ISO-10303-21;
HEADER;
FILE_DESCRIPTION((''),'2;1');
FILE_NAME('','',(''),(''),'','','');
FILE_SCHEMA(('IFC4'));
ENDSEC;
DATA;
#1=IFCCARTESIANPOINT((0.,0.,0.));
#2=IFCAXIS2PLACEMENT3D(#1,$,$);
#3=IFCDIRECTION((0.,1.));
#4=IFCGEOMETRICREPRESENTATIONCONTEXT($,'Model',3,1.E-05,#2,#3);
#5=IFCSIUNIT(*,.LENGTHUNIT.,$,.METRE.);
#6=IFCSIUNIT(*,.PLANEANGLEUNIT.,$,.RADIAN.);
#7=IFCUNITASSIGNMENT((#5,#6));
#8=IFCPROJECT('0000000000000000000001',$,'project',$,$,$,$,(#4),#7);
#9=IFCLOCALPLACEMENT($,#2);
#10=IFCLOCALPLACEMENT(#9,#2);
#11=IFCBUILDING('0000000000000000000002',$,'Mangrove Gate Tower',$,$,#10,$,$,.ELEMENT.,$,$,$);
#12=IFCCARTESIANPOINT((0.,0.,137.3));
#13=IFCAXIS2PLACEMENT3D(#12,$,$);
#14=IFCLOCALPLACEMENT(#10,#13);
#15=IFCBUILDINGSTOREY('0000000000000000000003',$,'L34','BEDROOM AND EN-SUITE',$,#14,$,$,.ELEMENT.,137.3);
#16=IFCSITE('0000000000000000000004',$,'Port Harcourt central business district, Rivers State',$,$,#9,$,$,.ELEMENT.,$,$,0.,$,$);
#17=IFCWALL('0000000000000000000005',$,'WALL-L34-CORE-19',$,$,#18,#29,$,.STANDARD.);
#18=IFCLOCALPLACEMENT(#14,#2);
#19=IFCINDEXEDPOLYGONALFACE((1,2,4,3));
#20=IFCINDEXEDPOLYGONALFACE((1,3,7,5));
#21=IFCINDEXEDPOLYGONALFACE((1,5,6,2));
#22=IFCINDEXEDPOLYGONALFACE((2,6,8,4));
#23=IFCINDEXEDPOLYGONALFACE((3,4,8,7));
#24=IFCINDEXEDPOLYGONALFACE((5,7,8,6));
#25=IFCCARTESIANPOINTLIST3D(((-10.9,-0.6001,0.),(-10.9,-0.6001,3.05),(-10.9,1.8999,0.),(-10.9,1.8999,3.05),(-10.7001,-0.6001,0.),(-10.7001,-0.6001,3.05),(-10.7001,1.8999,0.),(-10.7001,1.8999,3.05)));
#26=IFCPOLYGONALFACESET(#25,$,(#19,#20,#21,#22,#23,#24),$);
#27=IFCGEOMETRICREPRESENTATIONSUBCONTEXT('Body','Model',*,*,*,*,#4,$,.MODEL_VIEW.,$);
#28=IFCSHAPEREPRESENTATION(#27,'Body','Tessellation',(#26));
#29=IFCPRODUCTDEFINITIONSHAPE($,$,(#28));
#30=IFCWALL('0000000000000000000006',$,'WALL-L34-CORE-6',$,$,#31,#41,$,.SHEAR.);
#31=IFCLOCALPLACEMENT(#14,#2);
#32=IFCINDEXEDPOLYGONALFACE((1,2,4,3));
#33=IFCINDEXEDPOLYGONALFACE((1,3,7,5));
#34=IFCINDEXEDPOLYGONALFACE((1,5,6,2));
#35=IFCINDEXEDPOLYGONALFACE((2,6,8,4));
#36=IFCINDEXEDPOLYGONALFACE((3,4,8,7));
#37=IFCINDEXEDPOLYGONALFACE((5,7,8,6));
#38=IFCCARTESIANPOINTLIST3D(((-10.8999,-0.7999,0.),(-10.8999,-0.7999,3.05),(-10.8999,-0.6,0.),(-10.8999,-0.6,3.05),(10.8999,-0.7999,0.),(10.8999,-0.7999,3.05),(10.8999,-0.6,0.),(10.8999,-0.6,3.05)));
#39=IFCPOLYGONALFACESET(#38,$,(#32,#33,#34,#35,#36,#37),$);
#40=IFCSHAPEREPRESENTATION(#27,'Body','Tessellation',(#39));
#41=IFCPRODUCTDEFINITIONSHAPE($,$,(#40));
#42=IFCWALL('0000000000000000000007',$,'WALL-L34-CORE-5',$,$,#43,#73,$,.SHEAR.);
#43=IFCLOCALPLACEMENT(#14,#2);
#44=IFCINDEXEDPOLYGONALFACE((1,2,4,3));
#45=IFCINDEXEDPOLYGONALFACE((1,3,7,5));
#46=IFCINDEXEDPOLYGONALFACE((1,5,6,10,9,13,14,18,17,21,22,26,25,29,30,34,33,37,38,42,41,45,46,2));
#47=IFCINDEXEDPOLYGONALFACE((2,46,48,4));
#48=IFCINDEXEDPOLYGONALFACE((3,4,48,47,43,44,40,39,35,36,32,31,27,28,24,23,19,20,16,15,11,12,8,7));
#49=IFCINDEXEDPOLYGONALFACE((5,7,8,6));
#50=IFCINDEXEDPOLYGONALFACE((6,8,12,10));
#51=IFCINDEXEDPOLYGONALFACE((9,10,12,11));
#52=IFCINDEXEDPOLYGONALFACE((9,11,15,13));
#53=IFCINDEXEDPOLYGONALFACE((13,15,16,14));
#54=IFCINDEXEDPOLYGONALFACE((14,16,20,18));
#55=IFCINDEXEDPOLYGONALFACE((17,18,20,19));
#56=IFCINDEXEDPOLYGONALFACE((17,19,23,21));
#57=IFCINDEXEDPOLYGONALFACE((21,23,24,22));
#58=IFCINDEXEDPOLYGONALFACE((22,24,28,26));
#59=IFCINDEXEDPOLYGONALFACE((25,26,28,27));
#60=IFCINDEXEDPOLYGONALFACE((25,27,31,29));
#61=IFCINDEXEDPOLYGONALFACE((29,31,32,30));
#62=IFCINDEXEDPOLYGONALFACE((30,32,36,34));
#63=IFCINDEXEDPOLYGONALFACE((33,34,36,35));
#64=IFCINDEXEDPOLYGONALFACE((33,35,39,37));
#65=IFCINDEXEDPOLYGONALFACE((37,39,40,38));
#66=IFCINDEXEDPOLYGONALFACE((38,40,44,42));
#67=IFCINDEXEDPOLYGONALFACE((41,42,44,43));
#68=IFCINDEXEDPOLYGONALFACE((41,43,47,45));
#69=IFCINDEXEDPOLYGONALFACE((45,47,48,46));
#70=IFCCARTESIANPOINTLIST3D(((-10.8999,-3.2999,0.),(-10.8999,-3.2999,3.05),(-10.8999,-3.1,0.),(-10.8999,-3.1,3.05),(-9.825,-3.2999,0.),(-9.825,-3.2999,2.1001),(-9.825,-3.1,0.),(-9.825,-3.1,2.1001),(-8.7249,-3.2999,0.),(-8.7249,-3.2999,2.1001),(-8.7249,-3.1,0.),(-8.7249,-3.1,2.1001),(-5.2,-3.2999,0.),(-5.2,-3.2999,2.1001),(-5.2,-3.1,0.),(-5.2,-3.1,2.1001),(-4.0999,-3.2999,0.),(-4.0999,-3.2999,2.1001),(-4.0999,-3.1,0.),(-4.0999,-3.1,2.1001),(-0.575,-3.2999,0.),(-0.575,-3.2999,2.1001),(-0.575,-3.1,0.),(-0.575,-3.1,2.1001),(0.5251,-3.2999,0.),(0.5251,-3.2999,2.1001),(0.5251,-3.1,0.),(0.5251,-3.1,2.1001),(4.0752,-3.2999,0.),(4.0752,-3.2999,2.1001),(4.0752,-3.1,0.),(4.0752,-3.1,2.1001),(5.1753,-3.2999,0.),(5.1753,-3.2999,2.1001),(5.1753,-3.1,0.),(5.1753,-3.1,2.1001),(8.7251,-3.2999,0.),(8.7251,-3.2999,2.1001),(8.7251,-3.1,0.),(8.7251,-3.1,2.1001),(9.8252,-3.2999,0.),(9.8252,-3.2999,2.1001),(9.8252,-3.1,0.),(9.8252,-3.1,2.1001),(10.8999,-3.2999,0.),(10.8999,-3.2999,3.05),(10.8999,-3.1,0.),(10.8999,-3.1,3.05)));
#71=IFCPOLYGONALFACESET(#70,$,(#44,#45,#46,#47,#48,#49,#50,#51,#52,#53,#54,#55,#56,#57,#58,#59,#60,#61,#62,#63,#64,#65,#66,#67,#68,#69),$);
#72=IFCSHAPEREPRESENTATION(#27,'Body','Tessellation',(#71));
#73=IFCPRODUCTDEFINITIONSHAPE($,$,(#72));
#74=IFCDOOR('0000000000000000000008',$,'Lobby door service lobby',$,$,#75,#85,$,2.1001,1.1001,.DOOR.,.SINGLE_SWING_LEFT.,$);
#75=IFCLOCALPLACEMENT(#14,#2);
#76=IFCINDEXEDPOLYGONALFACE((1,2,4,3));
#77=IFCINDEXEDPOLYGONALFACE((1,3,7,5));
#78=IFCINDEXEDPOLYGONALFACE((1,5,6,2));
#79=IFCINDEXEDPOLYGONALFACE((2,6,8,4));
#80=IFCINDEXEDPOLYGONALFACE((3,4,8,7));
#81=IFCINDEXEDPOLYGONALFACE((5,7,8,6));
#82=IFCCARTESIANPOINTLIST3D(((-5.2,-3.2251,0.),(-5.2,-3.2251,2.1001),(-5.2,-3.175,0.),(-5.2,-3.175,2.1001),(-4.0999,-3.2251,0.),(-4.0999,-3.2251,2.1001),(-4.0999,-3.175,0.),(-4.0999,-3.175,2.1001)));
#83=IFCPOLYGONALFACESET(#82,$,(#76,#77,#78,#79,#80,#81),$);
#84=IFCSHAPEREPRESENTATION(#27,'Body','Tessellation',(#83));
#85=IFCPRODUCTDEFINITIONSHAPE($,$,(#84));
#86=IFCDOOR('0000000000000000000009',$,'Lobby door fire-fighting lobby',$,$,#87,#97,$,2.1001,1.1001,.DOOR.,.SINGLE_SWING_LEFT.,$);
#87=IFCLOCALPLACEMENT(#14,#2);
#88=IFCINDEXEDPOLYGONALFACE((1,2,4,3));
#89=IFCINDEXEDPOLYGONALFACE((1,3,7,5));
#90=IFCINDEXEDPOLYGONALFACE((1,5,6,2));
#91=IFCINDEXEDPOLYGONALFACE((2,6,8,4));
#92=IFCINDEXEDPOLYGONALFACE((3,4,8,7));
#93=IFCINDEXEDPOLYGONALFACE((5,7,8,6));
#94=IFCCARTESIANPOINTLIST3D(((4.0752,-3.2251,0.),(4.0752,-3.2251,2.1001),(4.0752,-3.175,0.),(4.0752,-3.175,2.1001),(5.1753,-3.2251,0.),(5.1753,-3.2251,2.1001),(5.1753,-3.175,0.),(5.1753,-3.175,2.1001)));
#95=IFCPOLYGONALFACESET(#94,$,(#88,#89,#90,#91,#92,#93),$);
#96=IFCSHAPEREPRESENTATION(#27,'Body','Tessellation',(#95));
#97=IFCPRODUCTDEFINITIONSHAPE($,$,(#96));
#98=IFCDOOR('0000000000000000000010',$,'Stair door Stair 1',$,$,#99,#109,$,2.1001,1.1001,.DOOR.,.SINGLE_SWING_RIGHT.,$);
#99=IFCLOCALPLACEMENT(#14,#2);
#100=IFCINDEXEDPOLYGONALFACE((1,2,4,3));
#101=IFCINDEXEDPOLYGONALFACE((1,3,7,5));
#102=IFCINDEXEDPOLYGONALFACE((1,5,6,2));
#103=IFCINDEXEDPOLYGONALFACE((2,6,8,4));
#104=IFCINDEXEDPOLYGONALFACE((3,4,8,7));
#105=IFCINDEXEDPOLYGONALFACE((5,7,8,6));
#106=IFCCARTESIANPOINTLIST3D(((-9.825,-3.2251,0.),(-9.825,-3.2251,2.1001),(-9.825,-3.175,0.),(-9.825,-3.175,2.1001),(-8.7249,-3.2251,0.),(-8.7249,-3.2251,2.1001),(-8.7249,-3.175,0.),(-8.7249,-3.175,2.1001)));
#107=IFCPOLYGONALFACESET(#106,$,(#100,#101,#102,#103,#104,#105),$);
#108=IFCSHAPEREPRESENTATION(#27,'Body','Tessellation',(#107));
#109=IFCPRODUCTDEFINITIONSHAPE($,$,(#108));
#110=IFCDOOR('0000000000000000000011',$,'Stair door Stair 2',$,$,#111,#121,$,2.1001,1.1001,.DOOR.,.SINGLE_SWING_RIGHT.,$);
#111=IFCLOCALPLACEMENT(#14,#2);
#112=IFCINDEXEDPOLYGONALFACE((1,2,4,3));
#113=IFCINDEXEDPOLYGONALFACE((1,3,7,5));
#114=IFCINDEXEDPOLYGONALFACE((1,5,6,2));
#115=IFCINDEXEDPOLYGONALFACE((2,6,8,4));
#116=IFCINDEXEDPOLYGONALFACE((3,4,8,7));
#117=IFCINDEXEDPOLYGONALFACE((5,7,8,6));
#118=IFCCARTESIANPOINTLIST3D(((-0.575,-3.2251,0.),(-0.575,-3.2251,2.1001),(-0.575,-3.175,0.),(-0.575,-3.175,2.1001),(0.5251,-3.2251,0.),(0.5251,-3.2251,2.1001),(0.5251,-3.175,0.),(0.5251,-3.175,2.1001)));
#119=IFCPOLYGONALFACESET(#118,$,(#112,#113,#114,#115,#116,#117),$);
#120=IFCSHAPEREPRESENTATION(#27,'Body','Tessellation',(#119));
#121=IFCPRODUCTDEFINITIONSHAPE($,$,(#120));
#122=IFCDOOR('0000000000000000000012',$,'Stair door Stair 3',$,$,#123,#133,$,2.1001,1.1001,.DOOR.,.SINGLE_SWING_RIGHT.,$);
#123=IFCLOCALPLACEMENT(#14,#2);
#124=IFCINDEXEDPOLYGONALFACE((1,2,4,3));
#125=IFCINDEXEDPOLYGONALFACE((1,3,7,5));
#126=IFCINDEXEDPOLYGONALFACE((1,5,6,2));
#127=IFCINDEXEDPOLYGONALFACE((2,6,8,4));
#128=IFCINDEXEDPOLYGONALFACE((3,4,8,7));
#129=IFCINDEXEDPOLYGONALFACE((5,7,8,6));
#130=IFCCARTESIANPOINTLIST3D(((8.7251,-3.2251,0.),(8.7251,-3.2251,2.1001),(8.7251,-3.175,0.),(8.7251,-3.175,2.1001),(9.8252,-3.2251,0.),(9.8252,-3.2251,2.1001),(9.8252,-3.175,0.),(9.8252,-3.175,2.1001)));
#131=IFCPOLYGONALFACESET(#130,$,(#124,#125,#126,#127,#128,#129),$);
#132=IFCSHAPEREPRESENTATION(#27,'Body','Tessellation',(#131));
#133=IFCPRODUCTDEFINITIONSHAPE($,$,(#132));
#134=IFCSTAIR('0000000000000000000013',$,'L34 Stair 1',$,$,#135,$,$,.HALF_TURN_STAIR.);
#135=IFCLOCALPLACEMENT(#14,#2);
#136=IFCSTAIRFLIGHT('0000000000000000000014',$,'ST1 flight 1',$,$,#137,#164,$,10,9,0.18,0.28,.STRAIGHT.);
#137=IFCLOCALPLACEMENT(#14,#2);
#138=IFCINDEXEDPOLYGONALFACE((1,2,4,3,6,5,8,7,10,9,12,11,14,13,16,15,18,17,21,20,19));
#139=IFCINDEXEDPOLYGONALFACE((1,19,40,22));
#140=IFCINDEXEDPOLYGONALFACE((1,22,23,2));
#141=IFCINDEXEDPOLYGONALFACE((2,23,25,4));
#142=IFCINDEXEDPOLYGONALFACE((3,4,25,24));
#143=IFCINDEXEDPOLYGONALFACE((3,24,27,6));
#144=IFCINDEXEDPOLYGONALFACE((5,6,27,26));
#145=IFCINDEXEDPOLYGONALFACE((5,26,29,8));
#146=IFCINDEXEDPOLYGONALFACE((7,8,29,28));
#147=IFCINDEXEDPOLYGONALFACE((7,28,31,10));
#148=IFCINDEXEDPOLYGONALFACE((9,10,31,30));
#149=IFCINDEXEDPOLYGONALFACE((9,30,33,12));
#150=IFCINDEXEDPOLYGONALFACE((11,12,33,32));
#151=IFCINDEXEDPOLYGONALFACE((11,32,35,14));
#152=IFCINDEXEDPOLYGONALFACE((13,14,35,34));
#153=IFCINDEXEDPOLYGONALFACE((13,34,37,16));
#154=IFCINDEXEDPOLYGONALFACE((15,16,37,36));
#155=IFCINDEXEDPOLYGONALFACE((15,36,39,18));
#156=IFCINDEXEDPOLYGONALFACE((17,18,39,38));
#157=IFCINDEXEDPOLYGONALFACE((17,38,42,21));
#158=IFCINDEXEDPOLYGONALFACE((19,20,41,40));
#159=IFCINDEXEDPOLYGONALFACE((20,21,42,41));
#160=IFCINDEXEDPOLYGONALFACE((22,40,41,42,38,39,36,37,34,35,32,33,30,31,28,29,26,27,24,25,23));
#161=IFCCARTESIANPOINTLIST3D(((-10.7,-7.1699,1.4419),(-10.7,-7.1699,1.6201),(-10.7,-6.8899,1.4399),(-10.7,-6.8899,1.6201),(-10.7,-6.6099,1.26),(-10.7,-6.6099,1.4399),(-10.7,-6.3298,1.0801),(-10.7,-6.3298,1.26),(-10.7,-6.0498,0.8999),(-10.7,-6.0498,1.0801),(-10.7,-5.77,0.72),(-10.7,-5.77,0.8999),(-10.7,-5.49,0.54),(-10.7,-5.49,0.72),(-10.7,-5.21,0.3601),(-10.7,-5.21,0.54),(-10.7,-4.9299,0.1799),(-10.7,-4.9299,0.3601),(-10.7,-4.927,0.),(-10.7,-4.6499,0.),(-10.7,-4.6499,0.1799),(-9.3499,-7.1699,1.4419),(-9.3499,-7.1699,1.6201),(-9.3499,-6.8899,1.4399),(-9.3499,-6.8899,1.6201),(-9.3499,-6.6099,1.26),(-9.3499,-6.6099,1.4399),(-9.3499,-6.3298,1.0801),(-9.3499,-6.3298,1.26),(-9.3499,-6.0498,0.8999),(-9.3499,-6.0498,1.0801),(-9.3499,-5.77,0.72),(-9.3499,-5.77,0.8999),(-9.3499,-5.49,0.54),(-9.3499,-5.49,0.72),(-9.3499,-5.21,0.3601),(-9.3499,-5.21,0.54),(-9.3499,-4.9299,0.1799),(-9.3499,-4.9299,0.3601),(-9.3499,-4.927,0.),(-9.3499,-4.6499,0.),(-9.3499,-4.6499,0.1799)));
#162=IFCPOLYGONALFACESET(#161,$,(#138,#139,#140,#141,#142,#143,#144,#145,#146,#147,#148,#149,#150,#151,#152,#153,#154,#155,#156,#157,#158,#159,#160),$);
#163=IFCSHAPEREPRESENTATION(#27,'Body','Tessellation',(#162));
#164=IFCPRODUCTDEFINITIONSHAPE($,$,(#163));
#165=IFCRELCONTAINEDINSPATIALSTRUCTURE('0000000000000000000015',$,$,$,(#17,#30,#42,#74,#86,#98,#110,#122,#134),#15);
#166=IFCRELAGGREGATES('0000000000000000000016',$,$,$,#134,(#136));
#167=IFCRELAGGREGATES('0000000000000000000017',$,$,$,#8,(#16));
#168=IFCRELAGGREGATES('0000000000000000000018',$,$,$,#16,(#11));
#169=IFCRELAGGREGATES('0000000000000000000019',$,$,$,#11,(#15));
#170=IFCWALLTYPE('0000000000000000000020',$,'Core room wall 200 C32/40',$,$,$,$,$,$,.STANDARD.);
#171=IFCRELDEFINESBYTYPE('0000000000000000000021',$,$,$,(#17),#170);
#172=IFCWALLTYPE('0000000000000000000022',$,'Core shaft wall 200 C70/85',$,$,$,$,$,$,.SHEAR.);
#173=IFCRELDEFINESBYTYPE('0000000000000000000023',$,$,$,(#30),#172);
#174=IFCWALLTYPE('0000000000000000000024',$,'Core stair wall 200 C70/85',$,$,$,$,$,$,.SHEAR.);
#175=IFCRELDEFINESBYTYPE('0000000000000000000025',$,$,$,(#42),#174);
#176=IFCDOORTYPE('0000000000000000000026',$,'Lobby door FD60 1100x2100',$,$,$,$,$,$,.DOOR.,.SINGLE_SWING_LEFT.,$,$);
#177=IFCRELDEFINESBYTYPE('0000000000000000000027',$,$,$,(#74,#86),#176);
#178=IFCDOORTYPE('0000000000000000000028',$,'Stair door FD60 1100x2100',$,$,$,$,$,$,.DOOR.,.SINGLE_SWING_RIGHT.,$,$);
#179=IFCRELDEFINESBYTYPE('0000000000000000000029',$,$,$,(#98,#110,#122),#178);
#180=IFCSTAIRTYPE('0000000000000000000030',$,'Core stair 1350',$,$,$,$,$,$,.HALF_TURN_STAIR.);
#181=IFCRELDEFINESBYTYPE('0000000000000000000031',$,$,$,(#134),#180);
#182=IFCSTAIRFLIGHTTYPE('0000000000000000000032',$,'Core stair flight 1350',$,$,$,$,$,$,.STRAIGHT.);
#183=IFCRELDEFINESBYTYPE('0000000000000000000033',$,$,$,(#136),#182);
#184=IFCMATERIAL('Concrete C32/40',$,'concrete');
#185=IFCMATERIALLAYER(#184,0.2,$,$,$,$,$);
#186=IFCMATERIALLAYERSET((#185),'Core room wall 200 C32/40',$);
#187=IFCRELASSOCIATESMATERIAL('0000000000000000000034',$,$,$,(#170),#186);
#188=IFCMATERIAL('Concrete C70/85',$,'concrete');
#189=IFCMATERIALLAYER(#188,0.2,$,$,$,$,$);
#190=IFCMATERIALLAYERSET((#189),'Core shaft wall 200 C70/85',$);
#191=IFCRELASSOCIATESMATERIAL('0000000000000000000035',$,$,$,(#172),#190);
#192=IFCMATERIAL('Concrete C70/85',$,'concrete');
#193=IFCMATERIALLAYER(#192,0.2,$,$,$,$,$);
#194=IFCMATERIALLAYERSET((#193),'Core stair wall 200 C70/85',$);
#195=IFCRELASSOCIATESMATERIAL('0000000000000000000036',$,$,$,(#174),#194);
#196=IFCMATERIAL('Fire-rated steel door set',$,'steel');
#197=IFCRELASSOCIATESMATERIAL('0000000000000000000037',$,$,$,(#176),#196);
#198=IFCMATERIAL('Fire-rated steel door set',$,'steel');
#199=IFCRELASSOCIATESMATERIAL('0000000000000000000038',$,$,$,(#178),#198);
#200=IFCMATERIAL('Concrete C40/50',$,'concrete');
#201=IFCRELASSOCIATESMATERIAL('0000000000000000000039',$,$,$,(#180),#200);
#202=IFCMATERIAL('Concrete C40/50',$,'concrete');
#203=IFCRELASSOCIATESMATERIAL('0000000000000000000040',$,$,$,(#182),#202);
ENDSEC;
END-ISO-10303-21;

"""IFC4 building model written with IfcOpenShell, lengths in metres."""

from ifc_helpers import new_model, si_unit, direction, frame, frame_2d, origin, place, context, subcontext, project, spatial, polyline, rectangle, outline, extrude, material, layer, layer_set, type_object, element, fill, aggregate, save


model = new_model("IFC4")

# Units and contexts
model_context = context("Model", 3, precision=1e-05, world=origin(), true_north=direction((0.0, 1.0)))
body_context = subcontext(model_context, "Body", "Model", "MODEL_VIEW")
ifc_project = project(units=[si_unit("LENGTHUNIT", "METRE"), si_unit("PLANEANGLEUNIT", "RADIAN")], contexts=[model_context])

# Site, building, storey
site_placement = place(None, origin())
site = spatial("IfcSite", under=ifc_project, at=site_placement, Name="Port Harcourt central business district, Rivers State", CompositionType="ELEMENT", RefElevation=0.0)
building_placement = place(site_placement, origin())
building = spatial("IfcBuilding", under=site, at=building_placement, Name="Mangrove Gate Tower", CompositionType="ELEMENT")
storey_placement = place(building_placement, frame((0.0, 0.0, 137.3)))
storey = spatial("IfcBuildingStorey", under=building, at=storey_placement, Name="L34", Description="BEDROOM AND EN-SUITE", CompositionType="ELEMENT", Elevation=137.3)

# Walls
ifc_material_1 = material(Name="Concrete C32/40", Category="concrete")
ifc_layer_1 = layer(ifc_material_1, 0.2)
ifc_layer_set_1 = layer_set([ifc_layer_1], Name="Core room wall 200 C32/40")
wall_type_1 = type_object("IfcWallType", Name="Core room wall 200 C32/40", PredefinedType="STANDARD", material=ifc_layer_set_1)
wall_1_placement = place(storey_placement, frame((-10.8, -0.6001, 0.0), z_axis=(0.0, 0.0, 1.0), x_axis=(0.0, 1.0, 0.0)))
element("IfcWall", 1, at=wall_1_placement, inside=storey, type_object=wall_type_1, Name="WALL-L34-CORE-19", PredefinedType="STANDARD", context=body_context, shape_type="SweptSolid", body=[
    extrude(rectangle(XDim=2.5, YDim=0.2, at=frame_2d((1.25, 0.0))), origin(), (0.0, 0.0, 1.0), 3.05),
])
ifc_material_2 = material(Name="Concrete C70/85", Category="concrete")
ifc_layer_2 = layer(ifc_material_2, 0.2)
ifc_layer_set_2 = layer_set([ifc_layer_2], Name="Core shaft wall 200 C70/85")
wall_type_2 = type_object("IfcWallType", Name="Core shaft wall 200 C70/85", PredefinedType="SHEAR", material=ifc_layer_set_2)
wall_2_placement = place(storey_placement, frame((-10.8999, -0.7, 0.0), z_axis=(0.0, 0.0, 1.0), x_axis=(1.0, 0.0, 0.0)))
element("IfcWall", 2, at=wall_2_placement, inside=storey, type_object=wall_type_2, Name="WALL-L34-CORE-6", PredefinedType="SHEAR", context=body_context, shape_type="SweptSolid", body=[
    extrude(rectangle(XDim=21.7998, YDim=0.2, at=frame_2d((10.8999, 0.0))), origin(), (0.0, 0.0, 1.0), 3.05),
])

# Wall, openings, doors
ifc_material_3 = material(Name="Concrete C70/85", Category="concrete")
ifc_layer_3 = layer(ifc_material_3, 0.2)
ifc_layer_set_3 = layer_set([ifc_layer_3], Name="Core stair wall 200 C70/85")
wall_type_3 = type_object("IfcWallType", Name="Core stair wall 200 C70/85", PredefinedType="SHEAR", material=ifc_layer_set_3)
wall_3_placement = place(storey_placement, frame((-10.8999, -3.2, 0.0), z_axis=(0.0, 0.0, 1.0), x_axis=(1.0, 0.0, 0.0)))
wall_3 = element("IfcWall", 3, at=wall_3_placement, inside=storey, type_object=wall_type_3, Name="WALL-L34-CORE-5", PredefinedType="SHEAR", context=body_context, shape_type="SweptSolid", body=[
    extrude(rectangle(XDim=21.7998, YDim=0.2, at=frame_2d((10.8999, 0.0))), origin(), (0.0, 0.0, 1.0), 3.05),
])
opening_1_placement = place(wall_3_placement, frame((1.075, 0.0, 0.0)))
opening_1 = element("IfcOpeningElement", 4, at=opening_1_placement, cuts=wall_3, PredefinedType="OPENING", context=body_context, shape_type="SweptSolid", body=[
    extrude(rectangle(XDim=1.1001, YDim=2.1001, at=frame_2d((0.55, 1.05))), frame((0.0, 0.1099, 0.0), z_axis=(0.0, -1.0, 0.0), x_axis=(1.0, 0.0, 0.0)), (0.0, 0.0, 1.0), 0.22),
])
opening_2_placement = place(wall_3_placement, frame((10.325, 0.0, 0.0)))
opening_2 = element("IfcOpeningElement", 5, at=opening_2_placement, cuts=wall_3, PredefinedType="OPENING", context=body_context, shape_type="SweptSolid", body=[
    extrude(rectangle(XDim=1.1001, YDim=2.1001, at=frame_2d((0.55, 1.05))), frame((0.0, 0.1099, 0.0), z_axis=(0.0, -1.0, 0.0), x_axis=(1.0, 0.0, 0.0)), (0.0, 0.0, 1.0), 0.22),
])
opening_3_placement = place(wall_3_placement, frame((19.625, 0.0, 0.0)))
opening_3 = element("IfcOpeningElement", 6, at=opening_3_placement, cuts=wall_3, PredefinedType="OPENING", context=body_context, shape_type="SweptSolid", body=[
    extrude(rectangle(XDim=1.1001, YDim=2.1001, at=frame_2d((0.55, 1.05))), frame((0.0, 0.1099, 0.0), z_axis=(0.0, -1.0, 0.0), x_axis=(1.0, 0.0, 0.0)), (0.0, 0.0, 1.0), 0.22),
])
opening_4_placement = place(wall_3_placement, frame((5.7, 0.0, 0.0)))
opening_4 = element("IfcOpeningElement", 7, at=opening_4_placement, cuts=wall_3, PredefinedType="OPENING", context=body_context, shape_type="SweptSolid", body=[
    extrude(rectangle(XDim=1.1001, YDim=2.1001, at=frame_2d((0.55, 1.05))), frame((0.0, 0.1099, 0.0), z_axis=(0.0, -1.0, 0.0), x_axis=(1.0, 0.0, 0.0)), (0.0, 0.0, 1.0), 0.22),
])
opening_5_placement = place(wall_3_placement, frame((14.9751, 0.0, 0.0)))
opening_5 = element("IfcOpeningElement", 8, at=opening_5_placement, cuts=wall_3, PredefinedType="OPENING", context=body_context, shape_type="SweptSolid", body=[
    extrude(rectangle(XDim=1.1001, YDim=2.1001, at=frame_2d((0.55, 1.05))), frame((0.0, 0.1099, 0.0), z_axis=(0.0, -1.0, 0.0), x_axis=(1.0, 0.0, 0.0)), (0.0, 0.0, 1.0), 0.22),
])
ifc_material_4 = material(Name="Fire-rated steel door set", Category="steel")
door_type_1 = type_object("IfcDoorType", Name="Lobby door FD60 1100x2100", OperationType="SINGLE_SWING_LEFT", PredefinedType="DOOR", material=ifc_material_4)
door_1_placement = place(opening_4_placement, origin())
door_1 = element("IfcDoor", 9, at=door_1_placement, inside=storey, type_object=door_type_1, Name="Lobby door service lobby", OperationType="SINGLE_SWING_LEFT", OverallHeight=2.1001, OverallWidth=1.1001, PredefinedType="DOOR", context=body_context, shape_type="SweptSolid", body=[
    extrude(rectangle(XDim=1.1001, YDim=2.1001, at=frame_2d((0.55, 1.05))), frame((0.0, 0.0249, 0.0), z_axis=(0.0, -1.0, 0.0), x_axis=(1.0, 0.0, 0.0)), (0.0, 0.0, 1.0), 0.05),
])
fill(opening_4, door_1)
door_2_placement = place(opening_5_placement, origin())
door_2 = element("IfcDoor", 10, at=door_2_placement, inside=storey, type_object=door_type_1, Name="Lobby door fire-fighting lobby", OperationType="SINGLE_SWING_LEFT", OverallHeight=2.1001, OverallWidth=1.1001, PredefinedType="DOOR", context=body_context, shape_type="SweptSolid", body=[
    extrude(rectangle(XDim=1.1001, YDim=2.1001, at=frame_2d((0.55, 1.05))), frame((0.0, 0.0249, 0.0), z_axis=(0.0, -1.0, 0.0), x_axis=(1.0, 0.0, 0.0)), (0.0, 0.0, 1.0), 0.05),
])
fill(opening_5, door_2)
ifc_material_5 = material(Name="Fire-rated steel door set", Category="steel")
door_type_2 = type_object("IfcDoorType", Name="Stair door FD60 1100x2100", OperationType="SINGLE_SWING_RIGHT", PredefinedType="DOOR", material=ifc_material_5)
door_3_placement = place(opening_1_placement, origin())
door_3 = element("IfcDoor", 11, at=door_3_placement, inside=storey, type_object=door_type_2, Name="Stair door Stair 1", OperationType="SINGLE_SWING_RIGHT", OverallHeight=2.1001, OverallWidth=1.1001, PredefinedType="DOOR", context=body_context, shape_type="SweptSolid", body=[
    extrude(rectangle(XDim=1.1001, YDim=2.1001, at=frame_2d((0.55, 1.05))), frame((0.0, 0.0249, 0.0), z_axis=(0.0, -1.0, 0.0), x_axis=(1.0, 0.0, 0.0)), (0.0, 0.0, 1.0), 0.05),
])
fill(opening_1, door_3)
door_4_placement = place(opening_2_placement, origin())
door_4 = element("IfcDoor", 12, at=door_4_placement, inside=storey, type_object=door_type_2, Name="Stair door Stair 2", OperationType="SINGLE_SWING_RIGHT", OverallHeight=2.1001, OverallWidth=1.1001, PredefinedType="DOOR", context=body_context, shape_type="SweptSolid", body=[
    extrude(rectangle(XDim=1.1001, YDim=2.1001, at=frame_2d((0.55, 1.05))), frame((0.0, 0.0249, 0.0), z_axis=(0.0, -1.0, 0.0), x_axis=(1.0, 0.0, 0.0)), (0.0, 0.0, 1.0), 0.05),
])
fill(opening_2, door_4)
door_5_placement = place(opening_3_placement, origin())
door_5 = element("IfcDoor", 13, at=door_5_placement, inside=storey, type_object=door_type_2, Name="Stair door Stair 3", OperationType="SINGLE_SWING_RIGHT", OverallHeight=2.1001, OverallWidth=1.1001, PredefinedType="DOOR", context=body_context, shape_type="SweptSolid", body=[
    extrude(rectangle(XDim=1.1001, YDim=2.1001, at=frame_2d((0.55, 1.05))), frame((0.0, 0.0249, 0.0), z_axis=(0.0, -1.0, 0.0), x_axis=(1.0, 0.0, 0.0)), (0.0, 0.0, 1.0), 0.05),
])
fill(opening_3, door_5)

# Stair, stair flight
ifc_material_6 = material(Name="Concrete C40/50", Category="concrete")
stair_type = type_object("IfcStairType", Name="Core stair 1350", PredefinedType="HALF_TURN_STAIR", material=ifc_material_6)
stair_1_placement = place(storey_placement, origin())
stair_1 = element("IfcStair", 14, at=stair_1_placement, inside=storey, type_object=stair_type, Name="L34 Stair 1", PredefinedType="HALF_TURN_STAIR")
ifc_material_7 = material(Name="Concrete C40/50", Category="concrete")
stair_flight_type = type_object("IfcStairFlightType", Name="Core stair flight 1350", PredefinedType="STRAIGHT", material=ifc_material_7)
stair_flight_1_placement = place(storey_placement, frame((-10.0249, -4.6499, 0.0), z_axis=(0.0, 0.0, 1.0), x_axis=(0.0, -1.0, 0.0)))
stair_flight_1 = element("IfcStairFlight", 15, at=stair_flight_1_placement, type_object=stair_flight_type, Name="ST1 flight 1", NumberOfRisers=10, NumberOfTreads=9, PredefinedType="STRAIGHT", RiserHeight=0.18, TreadLength=0.28, context=body_context, shape_type="SweptSolid", body=[
    extrude(outline(polyline([(0.0, 0.0), (0.0, 0.1799), (0.28, 0.1799), (0.28, 0.3601), (0.5601, 0.3601), (0.5601, 0.54), (0.8401, 0.54), (0.8401, 0.72), (1.1201, 0.72), (1.1201, 0.8999), (1.3999, 0.8999), (1.3999, 1.0801), (1.6799, 1.0801), (1.6799, 1.26), (1.96, 1.26), (1.96, 1.4399), (2.24, 1.4399), (2.24, 1.6201), (2.52, 1.6201), (2.52, 1.8), (2.52, 1.4419), (0.2771, 0.0), (0.0, 0.0)])), frame((0.0, 0.675, 0.0), z_axis=(0.0, -1.0, 0.0), x_axis=(1.0, 0.0, 0.0)), (0.0, 0.0, 1.0), 1.3501),
])
aggregate(stair_1, [stair_flight_1])

save(model, "model.ifc")
